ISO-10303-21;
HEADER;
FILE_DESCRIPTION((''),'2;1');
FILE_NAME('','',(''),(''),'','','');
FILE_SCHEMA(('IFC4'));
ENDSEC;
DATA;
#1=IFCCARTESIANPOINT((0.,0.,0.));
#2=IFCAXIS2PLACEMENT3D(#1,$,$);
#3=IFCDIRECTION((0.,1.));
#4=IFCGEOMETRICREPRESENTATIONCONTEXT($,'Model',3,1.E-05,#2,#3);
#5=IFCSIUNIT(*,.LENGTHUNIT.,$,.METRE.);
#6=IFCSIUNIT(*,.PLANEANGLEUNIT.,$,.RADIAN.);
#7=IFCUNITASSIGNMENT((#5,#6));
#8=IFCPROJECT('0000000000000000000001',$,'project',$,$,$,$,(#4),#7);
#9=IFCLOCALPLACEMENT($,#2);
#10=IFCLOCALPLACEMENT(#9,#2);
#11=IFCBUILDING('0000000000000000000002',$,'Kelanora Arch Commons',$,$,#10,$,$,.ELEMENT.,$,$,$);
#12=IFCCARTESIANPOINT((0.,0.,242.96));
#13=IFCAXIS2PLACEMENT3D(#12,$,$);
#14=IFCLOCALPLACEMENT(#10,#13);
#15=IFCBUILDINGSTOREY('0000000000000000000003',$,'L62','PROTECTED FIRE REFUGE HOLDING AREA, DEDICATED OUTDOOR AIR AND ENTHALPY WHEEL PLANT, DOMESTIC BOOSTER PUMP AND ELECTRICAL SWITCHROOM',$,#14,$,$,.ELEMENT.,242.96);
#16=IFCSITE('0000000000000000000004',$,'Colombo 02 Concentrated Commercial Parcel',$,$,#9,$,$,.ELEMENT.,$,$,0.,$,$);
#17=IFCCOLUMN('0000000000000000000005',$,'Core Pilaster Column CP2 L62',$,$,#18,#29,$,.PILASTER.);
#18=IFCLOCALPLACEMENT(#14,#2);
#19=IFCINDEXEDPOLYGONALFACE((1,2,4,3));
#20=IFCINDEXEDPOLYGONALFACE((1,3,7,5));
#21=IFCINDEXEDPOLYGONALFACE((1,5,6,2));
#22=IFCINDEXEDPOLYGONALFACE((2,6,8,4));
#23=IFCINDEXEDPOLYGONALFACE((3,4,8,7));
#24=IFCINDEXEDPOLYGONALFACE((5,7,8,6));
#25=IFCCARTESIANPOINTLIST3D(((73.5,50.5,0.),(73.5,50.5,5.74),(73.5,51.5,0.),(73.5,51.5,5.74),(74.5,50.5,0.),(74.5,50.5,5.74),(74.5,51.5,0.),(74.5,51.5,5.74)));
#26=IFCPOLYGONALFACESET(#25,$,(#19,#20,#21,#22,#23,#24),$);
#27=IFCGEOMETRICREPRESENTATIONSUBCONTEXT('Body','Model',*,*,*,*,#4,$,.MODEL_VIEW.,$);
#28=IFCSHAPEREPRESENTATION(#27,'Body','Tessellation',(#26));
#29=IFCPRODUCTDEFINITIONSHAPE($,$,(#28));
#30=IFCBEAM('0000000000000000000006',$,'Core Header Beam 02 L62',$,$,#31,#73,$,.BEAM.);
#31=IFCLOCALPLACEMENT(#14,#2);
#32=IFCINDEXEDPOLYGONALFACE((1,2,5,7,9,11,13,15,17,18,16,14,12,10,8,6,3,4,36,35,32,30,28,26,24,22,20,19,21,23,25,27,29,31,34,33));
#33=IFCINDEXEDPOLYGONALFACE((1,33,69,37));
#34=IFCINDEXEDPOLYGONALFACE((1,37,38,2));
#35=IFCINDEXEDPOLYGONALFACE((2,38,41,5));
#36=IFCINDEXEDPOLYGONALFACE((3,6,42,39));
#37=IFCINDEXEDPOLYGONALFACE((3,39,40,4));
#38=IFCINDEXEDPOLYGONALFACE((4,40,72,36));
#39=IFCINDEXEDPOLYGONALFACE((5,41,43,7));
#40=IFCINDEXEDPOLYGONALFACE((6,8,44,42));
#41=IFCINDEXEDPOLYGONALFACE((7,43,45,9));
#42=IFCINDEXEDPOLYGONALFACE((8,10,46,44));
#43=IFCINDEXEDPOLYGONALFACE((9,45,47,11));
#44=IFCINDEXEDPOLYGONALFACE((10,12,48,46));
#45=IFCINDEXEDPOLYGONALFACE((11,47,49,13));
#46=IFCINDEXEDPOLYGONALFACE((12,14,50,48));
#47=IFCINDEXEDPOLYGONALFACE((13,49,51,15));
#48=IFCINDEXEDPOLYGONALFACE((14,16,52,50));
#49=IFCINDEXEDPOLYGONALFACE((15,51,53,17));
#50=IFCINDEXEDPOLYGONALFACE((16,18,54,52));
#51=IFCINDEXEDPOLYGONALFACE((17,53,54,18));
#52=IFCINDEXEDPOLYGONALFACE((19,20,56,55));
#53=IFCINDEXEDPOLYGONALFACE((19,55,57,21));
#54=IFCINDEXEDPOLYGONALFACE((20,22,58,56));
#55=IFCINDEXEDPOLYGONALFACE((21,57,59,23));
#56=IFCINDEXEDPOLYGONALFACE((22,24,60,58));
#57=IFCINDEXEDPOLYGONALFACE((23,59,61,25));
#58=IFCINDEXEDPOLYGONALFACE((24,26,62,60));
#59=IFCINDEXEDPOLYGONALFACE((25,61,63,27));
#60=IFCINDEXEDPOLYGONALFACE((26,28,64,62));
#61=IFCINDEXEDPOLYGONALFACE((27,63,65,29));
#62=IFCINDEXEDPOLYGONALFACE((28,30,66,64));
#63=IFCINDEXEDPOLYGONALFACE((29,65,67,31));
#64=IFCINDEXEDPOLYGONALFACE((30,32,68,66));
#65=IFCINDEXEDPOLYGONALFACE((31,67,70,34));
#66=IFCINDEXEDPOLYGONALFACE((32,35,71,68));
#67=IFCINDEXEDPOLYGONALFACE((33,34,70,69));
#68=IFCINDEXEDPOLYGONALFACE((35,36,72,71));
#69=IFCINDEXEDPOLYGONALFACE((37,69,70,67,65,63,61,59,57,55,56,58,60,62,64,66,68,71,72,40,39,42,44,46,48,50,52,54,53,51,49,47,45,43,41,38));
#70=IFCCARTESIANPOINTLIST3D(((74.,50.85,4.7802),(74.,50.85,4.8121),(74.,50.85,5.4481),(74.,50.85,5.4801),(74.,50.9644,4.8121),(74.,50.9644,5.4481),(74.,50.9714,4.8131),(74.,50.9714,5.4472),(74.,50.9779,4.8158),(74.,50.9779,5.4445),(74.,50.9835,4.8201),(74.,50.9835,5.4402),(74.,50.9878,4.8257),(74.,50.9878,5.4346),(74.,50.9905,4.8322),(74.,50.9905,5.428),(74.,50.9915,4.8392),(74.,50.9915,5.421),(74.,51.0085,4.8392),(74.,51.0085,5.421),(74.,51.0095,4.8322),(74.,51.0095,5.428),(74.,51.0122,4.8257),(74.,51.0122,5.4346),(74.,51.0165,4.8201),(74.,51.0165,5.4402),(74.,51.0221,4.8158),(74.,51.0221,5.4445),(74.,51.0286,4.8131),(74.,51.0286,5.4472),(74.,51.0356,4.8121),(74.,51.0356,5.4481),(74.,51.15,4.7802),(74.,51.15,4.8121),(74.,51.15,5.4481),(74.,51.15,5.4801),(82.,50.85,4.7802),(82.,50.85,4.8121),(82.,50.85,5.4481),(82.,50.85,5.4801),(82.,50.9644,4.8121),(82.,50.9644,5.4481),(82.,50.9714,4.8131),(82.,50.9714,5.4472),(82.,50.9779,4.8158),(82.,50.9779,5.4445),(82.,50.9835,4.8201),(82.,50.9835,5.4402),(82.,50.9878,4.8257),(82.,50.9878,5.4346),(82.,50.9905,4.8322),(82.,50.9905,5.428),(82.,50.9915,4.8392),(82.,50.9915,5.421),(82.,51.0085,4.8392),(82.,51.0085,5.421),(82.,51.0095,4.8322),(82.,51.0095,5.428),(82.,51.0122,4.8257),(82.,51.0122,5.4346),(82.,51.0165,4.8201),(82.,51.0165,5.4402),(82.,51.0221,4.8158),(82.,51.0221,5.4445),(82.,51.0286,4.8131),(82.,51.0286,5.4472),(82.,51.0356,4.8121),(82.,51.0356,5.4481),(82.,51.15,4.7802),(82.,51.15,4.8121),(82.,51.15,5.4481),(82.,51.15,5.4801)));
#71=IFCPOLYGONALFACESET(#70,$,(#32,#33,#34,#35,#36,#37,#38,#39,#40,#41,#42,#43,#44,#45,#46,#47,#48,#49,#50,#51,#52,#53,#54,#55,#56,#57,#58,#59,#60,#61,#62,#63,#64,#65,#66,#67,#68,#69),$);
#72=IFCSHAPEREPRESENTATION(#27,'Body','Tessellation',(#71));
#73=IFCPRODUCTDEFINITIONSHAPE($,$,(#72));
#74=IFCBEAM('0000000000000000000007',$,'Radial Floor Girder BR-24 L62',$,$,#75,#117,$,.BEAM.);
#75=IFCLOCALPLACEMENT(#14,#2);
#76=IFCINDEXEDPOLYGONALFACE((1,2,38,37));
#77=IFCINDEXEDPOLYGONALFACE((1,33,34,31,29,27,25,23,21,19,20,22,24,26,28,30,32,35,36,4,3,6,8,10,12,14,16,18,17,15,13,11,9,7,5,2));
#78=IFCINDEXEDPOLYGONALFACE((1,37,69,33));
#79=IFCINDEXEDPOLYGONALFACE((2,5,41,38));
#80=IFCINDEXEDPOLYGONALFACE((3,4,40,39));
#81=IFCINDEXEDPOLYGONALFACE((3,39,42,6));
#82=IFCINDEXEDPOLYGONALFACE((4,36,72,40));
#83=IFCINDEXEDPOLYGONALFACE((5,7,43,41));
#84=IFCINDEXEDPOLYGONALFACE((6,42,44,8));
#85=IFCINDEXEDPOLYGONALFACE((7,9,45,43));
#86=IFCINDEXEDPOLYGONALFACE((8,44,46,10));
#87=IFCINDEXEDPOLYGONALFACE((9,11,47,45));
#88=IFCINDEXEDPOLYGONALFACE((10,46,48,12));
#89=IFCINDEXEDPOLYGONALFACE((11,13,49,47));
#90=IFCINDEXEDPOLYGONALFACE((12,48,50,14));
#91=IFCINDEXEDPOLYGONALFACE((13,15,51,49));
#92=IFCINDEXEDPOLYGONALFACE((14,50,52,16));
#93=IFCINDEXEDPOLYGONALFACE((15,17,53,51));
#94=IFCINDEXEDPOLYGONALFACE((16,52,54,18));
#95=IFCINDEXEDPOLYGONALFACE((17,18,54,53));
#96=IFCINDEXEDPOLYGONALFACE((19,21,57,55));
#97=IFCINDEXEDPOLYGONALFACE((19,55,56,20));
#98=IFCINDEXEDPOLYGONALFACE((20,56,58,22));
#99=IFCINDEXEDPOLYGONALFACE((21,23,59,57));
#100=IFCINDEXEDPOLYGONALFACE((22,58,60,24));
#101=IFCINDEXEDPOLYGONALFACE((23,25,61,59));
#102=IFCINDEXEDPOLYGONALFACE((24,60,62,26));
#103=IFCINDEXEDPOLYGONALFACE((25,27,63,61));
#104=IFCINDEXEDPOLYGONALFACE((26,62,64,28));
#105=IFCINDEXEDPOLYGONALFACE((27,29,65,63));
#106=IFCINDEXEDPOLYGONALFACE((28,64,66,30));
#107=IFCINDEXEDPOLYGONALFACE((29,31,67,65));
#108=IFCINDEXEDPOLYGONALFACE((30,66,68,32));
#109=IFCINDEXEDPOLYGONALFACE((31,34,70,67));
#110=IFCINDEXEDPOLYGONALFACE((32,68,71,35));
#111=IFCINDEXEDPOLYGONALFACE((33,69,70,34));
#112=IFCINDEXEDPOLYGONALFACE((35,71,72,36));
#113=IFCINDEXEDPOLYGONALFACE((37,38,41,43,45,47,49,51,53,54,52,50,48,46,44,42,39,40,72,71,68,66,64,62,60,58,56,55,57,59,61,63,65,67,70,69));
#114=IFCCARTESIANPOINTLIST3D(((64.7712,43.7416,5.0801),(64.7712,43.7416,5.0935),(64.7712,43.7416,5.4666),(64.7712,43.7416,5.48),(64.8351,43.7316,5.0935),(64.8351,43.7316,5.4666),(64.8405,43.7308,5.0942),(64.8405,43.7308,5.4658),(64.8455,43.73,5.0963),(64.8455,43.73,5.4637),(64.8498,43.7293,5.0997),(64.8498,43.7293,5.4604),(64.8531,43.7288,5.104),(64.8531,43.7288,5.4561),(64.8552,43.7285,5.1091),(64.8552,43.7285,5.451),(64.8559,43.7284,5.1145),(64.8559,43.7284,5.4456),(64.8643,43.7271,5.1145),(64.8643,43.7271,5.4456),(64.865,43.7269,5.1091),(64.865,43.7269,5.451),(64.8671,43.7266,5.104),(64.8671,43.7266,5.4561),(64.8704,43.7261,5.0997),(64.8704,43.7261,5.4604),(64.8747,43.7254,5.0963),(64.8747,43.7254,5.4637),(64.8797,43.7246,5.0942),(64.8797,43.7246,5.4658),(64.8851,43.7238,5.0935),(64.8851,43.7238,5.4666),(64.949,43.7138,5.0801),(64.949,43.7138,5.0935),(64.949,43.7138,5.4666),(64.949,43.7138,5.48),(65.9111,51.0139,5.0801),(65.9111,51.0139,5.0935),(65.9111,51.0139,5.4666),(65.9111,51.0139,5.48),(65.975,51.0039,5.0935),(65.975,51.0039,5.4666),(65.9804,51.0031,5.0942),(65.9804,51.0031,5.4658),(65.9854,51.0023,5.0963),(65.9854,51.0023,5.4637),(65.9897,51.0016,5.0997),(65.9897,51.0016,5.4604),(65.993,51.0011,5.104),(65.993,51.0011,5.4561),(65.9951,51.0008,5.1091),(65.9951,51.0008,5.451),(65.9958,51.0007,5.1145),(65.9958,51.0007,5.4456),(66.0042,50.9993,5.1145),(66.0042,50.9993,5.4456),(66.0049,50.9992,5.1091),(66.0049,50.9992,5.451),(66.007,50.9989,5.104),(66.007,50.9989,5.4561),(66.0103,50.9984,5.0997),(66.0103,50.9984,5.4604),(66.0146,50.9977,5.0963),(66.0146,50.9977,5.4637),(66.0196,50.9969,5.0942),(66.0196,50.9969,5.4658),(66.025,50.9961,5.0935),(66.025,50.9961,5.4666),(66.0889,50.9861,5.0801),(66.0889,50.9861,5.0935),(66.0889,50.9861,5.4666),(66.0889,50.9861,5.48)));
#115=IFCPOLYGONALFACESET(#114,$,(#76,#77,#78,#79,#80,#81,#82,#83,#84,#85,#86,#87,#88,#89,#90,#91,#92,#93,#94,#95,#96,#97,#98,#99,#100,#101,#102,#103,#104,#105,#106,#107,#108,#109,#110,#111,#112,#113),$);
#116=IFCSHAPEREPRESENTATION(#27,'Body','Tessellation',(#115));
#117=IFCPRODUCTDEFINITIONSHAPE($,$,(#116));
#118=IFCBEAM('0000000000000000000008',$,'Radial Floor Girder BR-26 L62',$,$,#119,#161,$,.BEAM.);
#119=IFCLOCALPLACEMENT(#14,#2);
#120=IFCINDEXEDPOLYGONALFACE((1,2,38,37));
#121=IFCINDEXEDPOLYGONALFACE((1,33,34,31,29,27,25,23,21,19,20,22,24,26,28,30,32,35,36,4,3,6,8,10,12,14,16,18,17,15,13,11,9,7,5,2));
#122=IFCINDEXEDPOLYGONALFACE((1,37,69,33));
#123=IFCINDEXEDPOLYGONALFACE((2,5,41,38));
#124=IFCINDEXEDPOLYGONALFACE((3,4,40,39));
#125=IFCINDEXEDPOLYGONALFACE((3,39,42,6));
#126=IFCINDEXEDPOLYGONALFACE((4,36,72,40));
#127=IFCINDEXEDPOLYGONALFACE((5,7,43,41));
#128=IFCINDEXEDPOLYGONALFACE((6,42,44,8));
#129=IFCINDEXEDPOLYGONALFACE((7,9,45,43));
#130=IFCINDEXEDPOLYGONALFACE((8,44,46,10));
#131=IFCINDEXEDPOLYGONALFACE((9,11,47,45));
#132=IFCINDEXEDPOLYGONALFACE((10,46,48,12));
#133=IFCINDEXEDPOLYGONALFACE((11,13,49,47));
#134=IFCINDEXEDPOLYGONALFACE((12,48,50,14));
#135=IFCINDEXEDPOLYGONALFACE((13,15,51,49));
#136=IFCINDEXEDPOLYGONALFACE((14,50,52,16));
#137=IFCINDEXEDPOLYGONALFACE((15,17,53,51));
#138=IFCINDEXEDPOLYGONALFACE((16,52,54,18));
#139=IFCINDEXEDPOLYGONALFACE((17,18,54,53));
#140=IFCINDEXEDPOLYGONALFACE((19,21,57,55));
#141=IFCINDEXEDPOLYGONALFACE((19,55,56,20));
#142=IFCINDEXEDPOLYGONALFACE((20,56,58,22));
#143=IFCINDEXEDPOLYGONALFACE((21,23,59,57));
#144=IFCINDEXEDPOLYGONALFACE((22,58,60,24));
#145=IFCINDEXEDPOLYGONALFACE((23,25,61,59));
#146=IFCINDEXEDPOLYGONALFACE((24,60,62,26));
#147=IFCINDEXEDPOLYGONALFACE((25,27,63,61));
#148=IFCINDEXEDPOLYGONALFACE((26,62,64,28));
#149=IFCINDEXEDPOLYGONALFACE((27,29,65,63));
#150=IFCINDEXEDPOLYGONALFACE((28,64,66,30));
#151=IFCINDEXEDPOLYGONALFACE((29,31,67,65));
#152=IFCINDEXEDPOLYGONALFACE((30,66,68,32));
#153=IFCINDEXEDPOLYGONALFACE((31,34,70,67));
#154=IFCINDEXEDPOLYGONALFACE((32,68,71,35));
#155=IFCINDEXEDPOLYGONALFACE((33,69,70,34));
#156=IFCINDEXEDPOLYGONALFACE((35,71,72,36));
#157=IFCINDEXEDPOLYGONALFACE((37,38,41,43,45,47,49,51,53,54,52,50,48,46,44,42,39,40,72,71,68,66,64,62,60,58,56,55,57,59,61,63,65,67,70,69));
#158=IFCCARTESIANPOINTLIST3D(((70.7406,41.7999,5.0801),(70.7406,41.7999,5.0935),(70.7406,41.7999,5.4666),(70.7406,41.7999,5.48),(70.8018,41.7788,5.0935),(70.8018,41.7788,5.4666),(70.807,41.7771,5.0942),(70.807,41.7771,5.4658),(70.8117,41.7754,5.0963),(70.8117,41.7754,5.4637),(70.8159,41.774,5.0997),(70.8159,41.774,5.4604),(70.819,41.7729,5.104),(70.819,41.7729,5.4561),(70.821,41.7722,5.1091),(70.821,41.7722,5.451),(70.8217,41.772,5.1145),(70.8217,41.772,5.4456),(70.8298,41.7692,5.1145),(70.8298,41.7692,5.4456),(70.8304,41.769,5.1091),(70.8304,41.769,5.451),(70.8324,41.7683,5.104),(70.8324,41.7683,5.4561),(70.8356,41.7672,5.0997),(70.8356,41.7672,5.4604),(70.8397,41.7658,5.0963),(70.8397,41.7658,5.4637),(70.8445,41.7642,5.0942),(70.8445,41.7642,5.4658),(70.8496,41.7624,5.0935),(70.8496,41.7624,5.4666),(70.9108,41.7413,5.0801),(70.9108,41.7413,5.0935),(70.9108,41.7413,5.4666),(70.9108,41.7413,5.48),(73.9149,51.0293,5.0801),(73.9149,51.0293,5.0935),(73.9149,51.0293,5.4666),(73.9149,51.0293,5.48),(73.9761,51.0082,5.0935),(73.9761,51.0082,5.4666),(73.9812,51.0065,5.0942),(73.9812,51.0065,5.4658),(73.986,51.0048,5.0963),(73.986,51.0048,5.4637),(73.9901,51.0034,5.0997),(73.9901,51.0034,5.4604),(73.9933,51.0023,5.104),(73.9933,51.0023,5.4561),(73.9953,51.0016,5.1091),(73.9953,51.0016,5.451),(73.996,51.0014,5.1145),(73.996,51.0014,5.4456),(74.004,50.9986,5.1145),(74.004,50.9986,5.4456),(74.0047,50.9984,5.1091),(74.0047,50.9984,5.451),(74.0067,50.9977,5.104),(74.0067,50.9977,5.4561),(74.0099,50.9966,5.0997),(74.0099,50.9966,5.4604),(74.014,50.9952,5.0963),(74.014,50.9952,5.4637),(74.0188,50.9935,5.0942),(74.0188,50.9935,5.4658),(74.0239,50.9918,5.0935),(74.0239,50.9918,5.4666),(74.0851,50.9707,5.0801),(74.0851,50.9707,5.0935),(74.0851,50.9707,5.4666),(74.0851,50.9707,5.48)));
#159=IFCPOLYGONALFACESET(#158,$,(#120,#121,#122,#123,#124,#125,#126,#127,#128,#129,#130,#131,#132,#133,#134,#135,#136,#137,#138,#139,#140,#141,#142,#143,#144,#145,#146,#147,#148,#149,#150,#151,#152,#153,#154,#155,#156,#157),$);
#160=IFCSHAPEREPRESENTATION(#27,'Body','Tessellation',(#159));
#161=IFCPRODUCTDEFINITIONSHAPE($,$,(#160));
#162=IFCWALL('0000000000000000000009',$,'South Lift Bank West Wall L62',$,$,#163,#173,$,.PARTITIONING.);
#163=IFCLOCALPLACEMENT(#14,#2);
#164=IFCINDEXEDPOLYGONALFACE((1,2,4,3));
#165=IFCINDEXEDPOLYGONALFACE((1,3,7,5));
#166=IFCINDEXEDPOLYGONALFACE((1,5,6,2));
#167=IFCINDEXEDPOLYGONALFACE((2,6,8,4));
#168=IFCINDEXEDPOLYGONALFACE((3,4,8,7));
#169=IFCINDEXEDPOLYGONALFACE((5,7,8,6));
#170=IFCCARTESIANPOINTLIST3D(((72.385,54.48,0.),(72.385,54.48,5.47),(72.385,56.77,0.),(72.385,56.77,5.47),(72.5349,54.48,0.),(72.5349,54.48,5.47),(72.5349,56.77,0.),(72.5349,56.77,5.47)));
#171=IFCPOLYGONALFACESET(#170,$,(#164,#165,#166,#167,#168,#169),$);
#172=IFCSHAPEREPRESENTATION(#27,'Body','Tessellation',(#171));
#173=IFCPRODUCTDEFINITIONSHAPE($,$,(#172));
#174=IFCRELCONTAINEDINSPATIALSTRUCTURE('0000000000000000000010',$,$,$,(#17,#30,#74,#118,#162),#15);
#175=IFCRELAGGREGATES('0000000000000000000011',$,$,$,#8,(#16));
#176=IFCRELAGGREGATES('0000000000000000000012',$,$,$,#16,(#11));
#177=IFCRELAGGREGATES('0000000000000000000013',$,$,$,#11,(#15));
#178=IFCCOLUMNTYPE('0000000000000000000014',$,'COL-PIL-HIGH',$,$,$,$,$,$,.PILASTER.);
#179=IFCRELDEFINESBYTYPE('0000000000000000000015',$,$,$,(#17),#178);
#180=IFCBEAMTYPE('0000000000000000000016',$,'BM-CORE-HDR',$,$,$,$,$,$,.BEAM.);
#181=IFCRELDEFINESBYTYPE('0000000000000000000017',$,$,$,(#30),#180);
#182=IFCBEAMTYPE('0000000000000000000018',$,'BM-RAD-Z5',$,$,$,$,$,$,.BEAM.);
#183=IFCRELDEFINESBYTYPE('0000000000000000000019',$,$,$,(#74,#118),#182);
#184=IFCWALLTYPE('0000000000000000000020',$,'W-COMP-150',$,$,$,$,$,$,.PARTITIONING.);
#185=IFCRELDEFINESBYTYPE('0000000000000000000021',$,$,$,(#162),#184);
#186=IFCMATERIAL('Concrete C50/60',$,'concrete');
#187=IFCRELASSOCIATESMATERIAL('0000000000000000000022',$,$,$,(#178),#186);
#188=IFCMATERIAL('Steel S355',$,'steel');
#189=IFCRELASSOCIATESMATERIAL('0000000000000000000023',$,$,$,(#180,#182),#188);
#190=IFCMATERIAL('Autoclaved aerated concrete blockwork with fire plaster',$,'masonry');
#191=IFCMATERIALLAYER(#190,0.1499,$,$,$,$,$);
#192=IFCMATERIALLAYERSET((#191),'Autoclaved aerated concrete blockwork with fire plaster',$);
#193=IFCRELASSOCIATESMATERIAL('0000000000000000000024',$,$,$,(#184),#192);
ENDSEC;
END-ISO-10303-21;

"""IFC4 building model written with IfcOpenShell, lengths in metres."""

from ifc_helpers import new_model, si_unit, direction, frame, frame_2d, origin, origin_2d, place, context, subcontext, project, spatial, rectangle, i_section, extrude, material, layer, layer_set, material_profile, profile_set, type_object, element, save


model = new_model("IFC4")

# Units and contexts
model_context = context("Model", 3, precision=1e-05, world=origin(), true_north=direction((0.0, 1.0)))
body_context = subcontext(model_context, "Body", "Model", "MODEL_VIEW")
ifc_project = project(units=[si_unit("LENGTHUNIT", "METRE"), si_unit("PLANEANGLEUNIT", "RADIAN")], contexts=[model_context])

# Site, building, storey
site_placement = place(None, origin())
site = spatial("IfcSite", under=ifc_project, at=site_placement, Name="Colombo 02 Concentrated Commercial Parcel", CompositionType="ELEMENT", RefElevation=0.0)
building_placement = place(site_placement, origin())
building = spatial("IfcBuilding", under=site, at=building_placement, Name="Kelanora Arch Commons", CompositionType="ELEMENT")
storey_placement = place(building_placement, frame((0.0, 0.0, 242.96)))
storey = spatial("IfcBuildingStorey", under=building, at=storey_placement, Name="L62", Description="PROTECTED FIRE REFUGE HOLDING AREA, DEDICATED OUTDOOR AIR AND ENTHALPY WHEEL PLANT, DOMESTIC BOOSTER PUMP AND ELECTRICAL SWITCHROOM", CompositionType="ELEMENT", Elevation=242.96)

# Column
ifc_material_1 = material(Name="Concrete C50/60", Category="concrete")
ifc_material_profile_1 = material_profile(ifc_material_1, rectangle(XDim=1.0, YDim=1.0, at=origin_2d()), Name="RC1000x1000")
ifc_profile_set_1 = profile_set([ifc_material_profile_1], Name="Concrete C50/60")
column_type = type_object("IfcColumnType", Name="COL-PIL-HIGH", PredefinedType="PILASTER", material=ifc_profile_set_1)
column_placement = place(storey_placement, frame((74.0, 51.0, 0.0), z_axis=(0.0, 0.0, 1.0), x_axis=(1.0, 0.0, 0.0)))
element("IfcColumn", 1, at=column_placement, inside=storey, type_object=column_type, Name="Core Pilaster Column CP2 L62", PredefinedType="PILASTER", context=body_context, shape_type="SweptSolid", body=[
    extrude(rectangle(XDim=1.0, YDim=1.0, at=origin_2d()), origin(), (0.0, 0.0, 1.0), 5.74),
])

# Beams
ifc_material_2 = material(Name="Steel S355", Category="steel")
ifc_material_profile_2 = material_profile(ifc_material_2, i_section(OverallWidth=0.3, OverallDepth=0.7, WebThickness=0.0171, FlangeThickness=0.032, FilletRadius=0.0271, at=origin_2d()), Name="HEB700")
ifc_profile_set_2 = profile_set([ifc_material_profile_2], Name="Steel S355")
beam_type_1 = type_object("IfcBeamType", Name="BM-CORE-HDR", PredefinedType="BEAM", material=ifc_profile_set_2)
beam_1_placement = place(storey_placement, frame((74.0, 51.0, 5.1301), z_axis=(1.0, 0.0, 0.0), x_axis=(0.0, 1.0, 0.0)))
element("IfcBeam", 2, at=beam_1_placement, inside=storey, type_object=beam_type_1, Name="Core Header Beam 02 L62", PredefinedType="BEAM", context=body_context, shape_type="SweptSolid", body=[
    extrude(i_section(OverallWidth=0.3, OverallDepth=0.7, WebThickness=0.0171, FlangeThickness=0.032, FilletRadius=0.0271, at=origin_2d()), origin(), (0.0, 0.0, 1.0), 8.0),
])
ifc_material_profile_3 = material_profile(ifc_material_2, i_section(OverallWidth=0.1799, OverallDepth=0.3999, WebThickness=0.0085, FlangeThickness=0.0134, FilletRadius=0.021, at=origin_2d()), Name="IPE400")
ifc_profile_set_3 = profile_set([ifc_material_profile_3], Name="Steel S355")
beam_type_2 = type_object("IfcBeamType", Name="BM-RAD-Z5", PredefinedType="BEAM", material=ifc_profile_set_3)
beam_2_placement = place(storey_placement, frame((66.0, 51.0, 5.28), z_axis=(-0.154855, -0.987937, 0.0), x_axis=(0.987937, -0.154855, 0.0)))
element("IfcBeam", 3, at=beam_2_placement, inside=storey, type_object=beam_type_2, Name="Radial Floor Girder BR-24 L62", PredefinedType="BEAM", context=body_context, shape_type="SweptSolid", body=[
    extrude(i_section(OverallWidth=0.1799, OverallDepth=0.3999, WebThickness=0.0085, FlangeThickness=0.0134, FilletRadius=0.021, at=origin_2d()), origin(), (0.0, 0.0, 1.0), 7.3611),
])
beam_3_placement = place(storey_placement, frame((74.0, 51.0, 5.28), z_axis=(-0.325234, -0.945634, 0.0), x_axis=(0.945634, -0.325234, 0.0)))
element("IfcBeam", 4, at=beam_3_placement, inside=storey, type_object=beam_type_2, Name="Radial Floor Girder BR-26 L62", PredefinedType="BEAM", context=body_context, shape_type="SweptSolid", body=[
    extrude(i_section(OverallWidth=0.1799, OverallDepth=0.3999, WebThickness=0.0085, FlangeThickness=0.0134, FilletRadius=0.021, at=origin_2d()), origin(), (0.0, 0.0, 1.0), 9.76),
])

# Wall
ifc_material_3 = material(Name="Autoclaved aerated concrete blockwork with fire plaster", Category="masonry")
ifc_layer_1 = layer(ifc_material_3, 0.1499)
ifc_layer_set_1 = layer_set([ifc_layer_1], Name="Autoclaved aerated concrete blockwork with fire plaster")
wall_type_1 = type_object("IfcWallType", Name="W-COMP-150", PredefinedType="PARTITIONING", material=ifc_layer_set_1)
wall_1_placement = place(storey_placement, frame((72.46, 54.48, 0.0), z_axis=(0.0, 0.0, 1.0), x_axis=(0.0, 1.0, 0.0)))
element("IfcWall", 5, at=wall_1_placement, inside=storey, type_object=wall_type_1, Name="South Lift Bank West Wall L62", PredefinedType="PARTITIONING", context=body_context, shape_type="SweptSolid", body=[
    extrude(rectangle(XDim=2.29, YDim=0.1499, at=frame_2d((1.145, 0.0))), origin(), (0.0, 0.0, 1.0), 5.47),
])

save(model, "model.ifc")
